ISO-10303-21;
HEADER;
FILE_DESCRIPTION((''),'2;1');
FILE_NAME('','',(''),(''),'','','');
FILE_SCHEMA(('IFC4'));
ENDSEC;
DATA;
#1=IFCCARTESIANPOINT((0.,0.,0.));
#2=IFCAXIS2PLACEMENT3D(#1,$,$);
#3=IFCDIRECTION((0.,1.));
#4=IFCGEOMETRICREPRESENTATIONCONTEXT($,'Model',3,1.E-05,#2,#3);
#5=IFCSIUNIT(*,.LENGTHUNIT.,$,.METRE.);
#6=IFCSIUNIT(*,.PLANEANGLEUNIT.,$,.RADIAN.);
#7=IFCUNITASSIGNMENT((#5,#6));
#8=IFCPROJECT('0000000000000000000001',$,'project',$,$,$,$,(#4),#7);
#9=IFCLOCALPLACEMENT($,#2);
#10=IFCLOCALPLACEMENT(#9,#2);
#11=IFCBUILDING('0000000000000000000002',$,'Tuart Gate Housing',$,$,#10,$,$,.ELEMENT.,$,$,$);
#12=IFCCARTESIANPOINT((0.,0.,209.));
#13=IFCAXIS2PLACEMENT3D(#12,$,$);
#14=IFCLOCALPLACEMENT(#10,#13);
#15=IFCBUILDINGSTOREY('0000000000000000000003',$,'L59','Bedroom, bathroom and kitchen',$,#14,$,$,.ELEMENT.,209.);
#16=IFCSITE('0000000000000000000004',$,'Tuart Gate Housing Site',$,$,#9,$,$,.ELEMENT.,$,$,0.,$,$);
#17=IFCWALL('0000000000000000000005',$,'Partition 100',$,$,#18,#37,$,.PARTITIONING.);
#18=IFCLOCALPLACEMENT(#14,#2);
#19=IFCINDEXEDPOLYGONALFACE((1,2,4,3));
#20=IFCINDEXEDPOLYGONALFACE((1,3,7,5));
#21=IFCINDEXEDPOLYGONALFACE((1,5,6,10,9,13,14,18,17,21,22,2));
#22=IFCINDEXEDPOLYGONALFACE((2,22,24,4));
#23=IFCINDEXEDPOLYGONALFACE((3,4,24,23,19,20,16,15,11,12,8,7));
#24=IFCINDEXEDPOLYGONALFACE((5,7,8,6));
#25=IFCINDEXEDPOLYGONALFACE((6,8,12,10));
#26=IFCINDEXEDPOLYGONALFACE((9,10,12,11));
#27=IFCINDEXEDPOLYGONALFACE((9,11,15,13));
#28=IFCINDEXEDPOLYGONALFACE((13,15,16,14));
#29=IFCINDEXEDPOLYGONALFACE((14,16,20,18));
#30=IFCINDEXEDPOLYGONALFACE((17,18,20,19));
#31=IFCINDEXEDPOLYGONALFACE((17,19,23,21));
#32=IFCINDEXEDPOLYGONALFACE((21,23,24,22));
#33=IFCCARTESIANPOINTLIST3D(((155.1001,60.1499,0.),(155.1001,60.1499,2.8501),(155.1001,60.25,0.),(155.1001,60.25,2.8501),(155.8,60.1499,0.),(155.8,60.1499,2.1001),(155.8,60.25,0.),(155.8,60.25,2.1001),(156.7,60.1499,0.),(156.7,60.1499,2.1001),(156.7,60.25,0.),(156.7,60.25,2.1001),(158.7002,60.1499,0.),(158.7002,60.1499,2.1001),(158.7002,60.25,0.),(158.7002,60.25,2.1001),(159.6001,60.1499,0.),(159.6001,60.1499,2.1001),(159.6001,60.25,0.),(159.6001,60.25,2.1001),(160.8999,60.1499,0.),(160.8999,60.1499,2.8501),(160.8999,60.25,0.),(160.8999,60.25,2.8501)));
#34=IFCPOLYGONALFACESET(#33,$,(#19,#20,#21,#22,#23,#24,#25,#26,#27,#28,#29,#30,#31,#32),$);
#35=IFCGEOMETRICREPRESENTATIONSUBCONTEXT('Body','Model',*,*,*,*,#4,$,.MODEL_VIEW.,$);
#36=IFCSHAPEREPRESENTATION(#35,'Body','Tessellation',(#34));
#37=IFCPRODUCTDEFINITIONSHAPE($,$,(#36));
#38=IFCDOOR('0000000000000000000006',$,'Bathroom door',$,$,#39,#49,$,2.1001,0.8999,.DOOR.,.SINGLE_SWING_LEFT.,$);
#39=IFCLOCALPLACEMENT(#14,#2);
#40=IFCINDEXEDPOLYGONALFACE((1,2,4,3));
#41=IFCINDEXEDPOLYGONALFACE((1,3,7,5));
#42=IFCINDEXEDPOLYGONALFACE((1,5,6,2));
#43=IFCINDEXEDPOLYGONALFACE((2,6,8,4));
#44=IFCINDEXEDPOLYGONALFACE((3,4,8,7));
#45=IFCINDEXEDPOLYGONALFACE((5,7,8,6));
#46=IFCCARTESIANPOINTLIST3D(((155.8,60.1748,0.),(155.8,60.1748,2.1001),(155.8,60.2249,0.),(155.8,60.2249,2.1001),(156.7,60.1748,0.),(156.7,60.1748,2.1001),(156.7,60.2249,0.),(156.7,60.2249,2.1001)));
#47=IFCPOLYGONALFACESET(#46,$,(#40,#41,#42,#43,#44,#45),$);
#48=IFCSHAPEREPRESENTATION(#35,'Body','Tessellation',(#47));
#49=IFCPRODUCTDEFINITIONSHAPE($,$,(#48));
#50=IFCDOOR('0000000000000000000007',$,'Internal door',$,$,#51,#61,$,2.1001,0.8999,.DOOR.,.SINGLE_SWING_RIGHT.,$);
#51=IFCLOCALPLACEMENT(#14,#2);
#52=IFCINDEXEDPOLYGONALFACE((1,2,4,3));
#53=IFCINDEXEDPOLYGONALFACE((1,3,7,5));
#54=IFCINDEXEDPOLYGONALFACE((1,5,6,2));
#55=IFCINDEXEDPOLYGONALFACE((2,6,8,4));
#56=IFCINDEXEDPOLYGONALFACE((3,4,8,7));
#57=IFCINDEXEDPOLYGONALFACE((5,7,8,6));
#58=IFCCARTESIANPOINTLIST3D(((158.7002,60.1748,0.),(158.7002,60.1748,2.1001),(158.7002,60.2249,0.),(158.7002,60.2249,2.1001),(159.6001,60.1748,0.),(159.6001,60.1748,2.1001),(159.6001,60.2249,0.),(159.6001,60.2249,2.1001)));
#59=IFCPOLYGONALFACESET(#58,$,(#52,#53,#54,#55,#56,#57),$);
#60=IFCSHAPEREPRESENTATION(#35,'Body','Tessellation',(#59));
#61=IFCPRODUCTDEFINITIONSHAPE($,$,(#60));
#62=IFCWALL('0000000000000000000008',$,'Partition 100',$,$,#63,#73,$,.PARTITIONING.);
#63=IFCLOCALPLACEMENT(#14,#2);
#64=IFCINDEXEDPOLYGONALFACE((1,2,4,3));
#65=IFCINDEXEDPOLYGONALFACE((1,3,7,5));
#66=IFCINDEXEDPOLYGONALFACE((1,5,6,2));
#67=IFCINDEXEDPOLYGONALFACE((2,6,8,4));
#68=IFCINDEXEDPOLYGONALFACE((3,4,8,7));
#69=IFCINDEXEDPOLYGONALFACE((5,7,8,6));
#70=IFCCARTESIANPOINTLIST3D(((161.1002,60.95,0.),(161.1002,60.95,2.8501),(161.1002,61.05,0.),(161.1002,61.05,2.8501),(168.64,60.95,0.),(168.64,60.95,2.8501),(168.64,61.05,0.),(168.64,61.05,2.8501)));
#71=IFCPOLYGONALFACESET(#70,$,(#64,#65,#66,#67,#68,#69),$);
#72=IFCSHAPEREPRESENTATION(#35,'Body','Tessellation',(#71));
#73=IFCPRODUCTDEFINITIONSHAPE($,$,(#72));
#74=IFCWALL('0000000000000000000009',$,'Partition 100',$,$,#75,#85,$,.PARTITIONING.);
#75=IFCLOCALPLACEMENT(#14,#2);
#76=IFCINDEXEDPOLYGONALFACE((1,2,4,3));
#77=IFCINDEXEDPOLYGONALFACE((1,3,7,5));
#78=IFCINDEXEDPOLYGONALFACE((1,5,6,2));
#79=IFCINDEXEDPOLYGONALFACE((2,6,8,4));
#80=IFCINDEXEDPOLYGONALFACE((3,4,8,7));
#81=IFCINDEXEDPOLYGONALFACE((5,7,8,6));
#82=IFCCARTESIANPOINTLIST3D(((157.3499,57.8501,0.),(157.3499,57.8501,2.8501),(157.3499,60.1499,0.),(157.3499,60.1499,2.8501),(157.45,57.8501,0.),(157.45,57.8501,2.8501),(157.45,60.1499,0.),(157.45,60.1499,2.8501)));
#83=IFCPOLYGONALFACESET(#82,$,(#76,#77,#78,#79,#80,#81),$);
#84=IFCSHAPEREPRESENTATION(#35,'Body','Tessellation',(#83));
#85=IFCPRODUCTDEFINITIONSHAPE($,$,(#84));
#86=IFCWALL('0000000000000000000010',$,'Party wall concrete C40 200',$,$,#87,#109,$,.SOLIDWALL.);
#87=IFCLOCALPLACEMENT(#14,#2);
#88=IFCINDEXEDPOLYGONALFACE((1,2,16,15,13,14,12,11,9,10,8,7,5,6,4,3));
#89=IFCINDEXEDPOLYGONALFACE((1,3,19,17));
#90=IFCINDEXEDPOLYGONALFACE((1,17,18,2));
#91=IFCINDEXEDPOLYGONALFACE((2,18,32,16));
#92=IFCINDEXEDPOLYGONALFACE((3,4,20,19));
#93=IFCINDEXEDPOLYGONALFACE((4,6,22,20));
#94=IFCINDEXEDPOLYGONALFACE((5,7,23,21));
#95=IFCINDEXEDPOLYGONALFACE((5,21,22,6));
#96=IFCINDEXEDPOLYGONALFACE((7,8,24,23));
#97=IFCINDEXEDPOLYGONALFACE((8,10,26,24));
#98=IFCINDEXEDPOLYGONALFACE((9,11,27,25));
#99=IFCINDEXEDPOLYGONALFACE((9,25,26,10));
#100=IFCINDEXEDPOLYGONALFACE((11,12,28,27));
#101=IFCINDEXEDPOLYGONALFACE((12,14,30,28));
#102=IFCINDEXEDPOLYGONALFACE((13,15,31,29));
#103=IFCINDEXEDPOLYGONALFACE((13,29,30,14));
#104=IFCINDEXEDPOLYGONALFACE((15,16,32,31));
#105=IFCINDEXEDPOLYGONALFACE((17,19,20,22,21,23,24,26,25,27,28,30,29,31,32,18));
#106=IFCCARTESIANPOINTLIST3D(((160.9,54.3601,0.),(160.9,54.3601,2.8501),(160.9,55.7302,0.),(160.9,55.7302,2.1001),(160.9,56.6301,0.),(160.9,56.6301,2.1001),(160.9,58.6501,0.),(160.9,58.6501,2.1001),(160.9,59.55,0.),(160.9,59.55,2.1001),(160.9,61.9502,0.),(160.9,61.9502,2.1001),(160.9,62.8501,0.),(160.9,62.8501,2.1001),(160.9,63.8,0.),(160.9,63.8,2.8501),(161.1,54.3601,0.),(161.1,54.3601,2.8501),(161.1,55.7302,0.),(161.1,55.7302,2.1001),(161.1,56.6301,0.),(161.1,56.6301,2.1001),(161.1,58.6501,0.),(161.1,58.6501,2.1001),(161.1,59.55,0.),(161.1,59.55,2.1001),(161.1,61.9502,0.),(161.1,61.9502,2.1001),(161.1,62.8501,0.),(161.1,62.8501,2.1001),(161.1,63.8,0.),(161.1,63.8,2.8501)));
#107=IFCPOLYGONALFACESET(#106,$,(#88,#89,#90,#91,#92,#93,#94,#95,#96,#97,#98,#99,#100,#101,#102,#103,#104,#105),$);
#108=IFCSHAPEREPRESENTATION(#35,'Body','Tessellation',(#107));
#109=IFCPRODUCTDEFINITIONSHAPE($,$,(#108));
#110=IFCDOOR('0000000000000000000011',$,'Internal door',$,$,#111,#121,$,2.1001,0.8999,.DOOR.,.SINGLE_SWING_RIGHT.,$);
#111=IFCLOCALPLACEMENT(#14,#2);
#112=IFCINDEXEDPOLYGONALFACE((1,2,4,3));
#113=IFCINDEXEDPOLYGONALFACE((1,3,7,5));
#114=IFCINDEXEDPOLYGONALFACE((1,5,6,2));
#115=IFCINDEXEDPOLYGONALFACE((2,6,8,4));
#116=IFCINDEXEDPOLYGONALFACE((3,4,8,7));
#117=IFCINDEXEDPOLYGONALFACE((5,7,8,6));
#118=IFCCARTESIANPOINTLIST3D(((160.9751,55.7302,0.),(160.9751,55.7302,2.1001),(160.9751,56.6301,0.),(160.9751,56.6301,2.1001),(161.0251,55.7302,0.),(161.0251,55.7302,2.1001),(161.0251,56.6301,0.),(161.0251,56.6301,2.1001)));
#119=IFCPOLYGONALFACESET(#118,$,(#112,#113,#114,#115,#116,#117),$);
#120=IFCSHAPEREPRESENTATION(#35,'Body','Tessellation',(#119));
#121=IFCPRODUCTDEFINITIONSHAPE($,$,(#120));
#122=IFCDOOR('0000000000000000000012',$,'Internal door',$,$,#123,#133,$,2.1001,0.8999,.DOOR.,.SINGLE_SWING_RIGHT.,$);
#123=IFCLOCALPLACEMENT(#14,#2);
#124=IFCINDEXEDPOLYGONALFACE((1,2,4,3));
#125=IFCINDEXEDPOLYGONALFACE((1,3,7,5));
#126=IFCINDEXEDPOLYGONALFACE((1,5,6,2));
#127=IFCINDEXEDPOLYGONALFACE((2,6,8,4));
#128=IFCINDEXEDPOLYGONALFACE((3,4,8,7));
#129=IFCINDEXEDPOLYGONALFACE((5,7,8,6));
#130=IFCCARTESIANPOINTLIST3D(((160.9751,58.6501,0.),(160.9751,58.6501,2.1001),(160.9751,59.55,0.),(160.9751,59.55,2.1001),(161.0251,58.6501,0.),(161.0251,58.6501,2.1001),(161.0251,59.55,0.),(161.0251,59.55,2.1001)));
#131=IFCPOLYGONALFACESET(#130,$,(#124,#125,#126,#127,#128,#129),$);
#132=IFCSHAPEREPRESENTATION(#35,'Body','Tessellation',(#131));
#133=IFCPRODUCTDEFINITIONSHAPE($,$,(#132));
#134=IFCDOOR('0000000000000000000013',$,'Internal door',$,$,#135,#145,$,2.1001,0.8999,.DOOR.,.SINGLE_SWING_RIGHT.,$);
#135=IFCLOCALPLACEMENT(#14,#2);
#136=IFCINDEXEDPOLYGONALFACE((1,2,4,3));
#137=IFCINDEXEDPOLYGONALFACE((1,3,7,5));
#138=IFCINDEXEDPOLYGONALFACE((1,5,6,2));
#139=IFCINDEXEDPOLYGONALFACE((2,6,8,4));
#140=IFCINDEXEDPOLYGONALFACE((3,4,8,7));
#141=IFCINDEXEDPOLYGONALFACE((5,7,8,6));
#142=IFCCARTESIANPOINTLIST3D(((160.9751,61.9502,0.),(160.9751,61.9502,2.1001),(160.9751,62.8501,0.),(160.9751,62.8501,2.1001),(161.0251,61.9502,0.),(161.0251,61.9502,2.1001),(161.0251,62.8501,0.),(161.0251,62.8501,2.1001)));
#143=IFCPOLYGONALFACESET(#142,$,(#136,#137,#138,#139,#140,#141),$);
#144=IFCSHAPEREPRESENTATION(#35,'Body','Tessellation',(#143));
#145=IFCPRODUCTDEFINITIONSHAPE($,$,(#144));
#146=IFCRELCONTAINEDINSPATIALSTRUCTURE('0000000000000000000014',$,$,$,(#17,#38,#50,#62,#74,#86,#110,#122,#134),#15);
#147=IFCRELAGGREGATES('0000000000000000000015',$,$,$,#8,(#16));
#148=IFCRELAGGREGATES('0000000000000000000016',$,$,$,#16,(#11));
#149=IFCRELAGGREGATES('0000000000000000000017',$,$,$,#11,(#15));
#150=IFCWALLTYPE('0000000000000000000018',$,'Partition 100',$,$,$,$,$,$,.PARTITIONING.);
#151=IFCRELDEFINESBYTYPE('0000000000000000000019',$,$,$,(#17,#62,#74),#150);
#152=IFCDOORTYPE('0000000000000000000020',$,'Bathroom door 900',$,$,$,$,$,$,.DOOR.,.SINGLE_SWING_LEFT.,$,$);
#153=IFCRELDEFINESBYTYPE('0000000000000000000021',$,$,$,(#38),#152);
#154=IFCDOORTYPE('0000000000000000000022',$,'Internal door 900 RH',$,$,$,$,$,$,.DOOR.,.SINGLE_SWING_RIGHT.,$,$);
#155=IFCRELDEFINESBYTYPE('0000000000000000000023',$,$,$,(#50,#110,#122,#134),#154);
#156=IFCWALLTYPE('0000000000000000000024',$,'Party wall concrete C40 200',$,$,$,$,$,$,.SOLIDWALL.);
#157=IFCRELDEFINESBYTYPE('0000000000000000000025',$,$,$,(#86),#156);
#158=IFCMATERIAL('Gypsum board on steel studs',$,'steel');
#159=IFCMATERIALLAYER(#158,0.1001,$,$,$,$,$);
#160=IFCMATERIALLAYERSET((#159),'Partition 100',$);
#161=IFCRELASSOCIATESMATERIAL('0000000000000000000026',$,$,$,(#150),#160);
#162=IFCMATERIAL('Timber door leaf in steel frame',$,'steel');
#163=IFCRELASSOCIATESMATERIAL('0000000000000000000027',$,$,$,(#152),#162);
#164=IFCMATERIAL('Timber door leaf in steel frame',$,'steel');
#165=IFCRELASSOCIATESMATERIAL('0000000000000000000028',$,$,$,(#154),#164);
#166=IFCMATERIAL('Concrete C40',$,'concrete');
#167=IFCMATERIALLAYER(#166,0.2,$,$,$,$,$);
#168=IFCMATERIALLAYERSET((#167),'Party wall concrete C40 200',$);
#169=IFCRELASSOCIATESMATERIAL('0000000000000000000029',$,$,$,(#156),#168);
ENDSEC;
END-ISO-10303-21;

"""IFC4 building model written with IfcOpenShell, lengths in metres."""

from ifc_helpers import new_model, si_unit, direction, frame, frame_2d, origin, place, context, subcontext, project, spatial, rectangle, extrude, material, layer, layer_set, type_object, element, fill, save


model = new_model("IFC4")

# Units and contexts
model_context = context("Model", 3, precision=1e-05, world=origin(), true_north=direction((0.0, 1.0)))
body_context = subcontext(model_context, "Body", "Model", "MODEL_VIEW")
ifc_project = project(units=[si_unit("LENGTHUNIT", "METRE"), si_unit("PLANEANGLEUNIT", "RADIAN")], contexts=[model_context])

# Site, building, storey
site_placement = place(None, origin())
site = spatial("IfcSite", under=ifc_project, at=site_placement, Name="Tuart Gate Housing Site", CompositionType="ELEMENT", RefElevation=0.0)
building_placement = place(site_placement, origin())
building = spatial("IfcBuilding", under=site, at=building_placement, Name="Tuart Gate Housing", CompositionType="ELEMENT")
storey_placement = place(building_placement, frame((0.0, 0.0, 209.0)))
storey = spatial("IfcBuildingStorey", under=building, at=storey_placement, Name="L59", Description="Bedroom, bathroom and kitchen", CompositionType="ELEMENT", Elevation=209.0)

# Shared definitions
ifc_material_1 = material(Name="Gypsum board on steel studs", Category="steel")
ifc_layer_1 = layer(ifc_material_1, 0.1001)
ifc_layer_set_1 = layer_set([ifc_layer_1], Name="Partition 100")
wall_type_1 = type_object("IfcWallType", Name="Partition 100", PredefinedType="PARTITIONING", material=ifc_layer_set_1)

# Wall, openings, doors
wall_1_placement = place(storey_placement, frame((155.1001, 60.2, 0.0), z_axis=(0.0, 0.0, 1.0), x_axis=(1.0, 0.0, 0.0)))
wall_1 = element("IfcWall", 1, at=wall_1_placement, inside=storey, type_object=wall_type_1, Name="Partition 100", PredefinedType="PARTITIONING", context=body_context, shape_type="SweptSolid", body=[
    extrude(rectangle(XDim=5.7998, YDim=0.1001, at=frame_2d((2.8999, 0.0))), origin(), (0.0, 0.0, 1.0), 2.8501),
])
opening_1_placement = place(wall_1_placement, frame((3.6001, 0.0, 0.0)))
opening_1 = element("IfcOpeningElement", 2, at=opening_1_placement, cuts=wall_1, PredefinedType="OPENING", context=body_context, shape_type="SweptSolid", body=[
    extrude(rectangle(XDim=0.8999, YDim=2.1001, at=frame_2d((0.45, 1.05))), frame((0.0, 0.0601, 0.0), z_axis=(0.0, -1.0, 0.0), x_axis=(1.0, 0.0, 0.0)), (0.0, 0.0, 1.0), 0.1201),
])
opening_2_placement = place(wall_1_placement, frame((0.7, 0.0, 0.0)))
opening_2 = element("IfcOpeningElement", 3, at=opening_2_placement, cuts=wall_1, PredefinedType="OPENING", context=body_context, shape_type="SweptSolid", body=[
    extrude(rectangle(XDim=0.8999, YDim=2.1001, at=frame_2d((0.45, 1.05))), frame((0.0, 0.0601, 0.0), z_axis=(0.0, -1.0, 0.0), x_axis=(1.0, 0.0, 0.0)), (0.0, 0.0, 1.0), 0.1201),
])
ifc_material_2 = material(Name="Timber door leaf in steel frame", Category="steel")
door_type_1 = type_object("IfcDoorType", Name="Bathroom door 900", OperationType="SINGLE_SWING_LEFT", PredefinedType="DOOR", material=ifc_material_2)
door_1_placement = place(opening_2_placement, frame((0.8999, 0.0, 0.0), z_axis=(0.0, 0.0, 1.0), x_axis=(-1.0, 0.0, 0.0)))
door_1 = element("IfcDoor", 4, at=door_1_placement, inside=storey, type_object=door_type_1, Name="Bathroom door", OperationType="SINGLE_SWING_LEFT", OverallHeight=2.1001, OverallWidth=0.8999, PredefinedType="DOOR", context=body_context, shape_type="SweptSolid", body=[
    extrude(rectangle(XDim=0.8999, YDim=2.1001, at=frame_2d((0.45, 1.05))), frame((0.0, 0.0251, 0.0), z_axis=(0.0, -1.0, 0.0), x_axis=(1.0, 0.0, 0.0)), (0.0, 0.0, 1.0), 0.05),
])
fill(opening_2, door_1)
ifc_material_3 = material(Name="Timber door leaf in steel frame", Category="steel")
door_type_2 = type_object("IfcDoorType", Name="Internal door 900 RH", OperationType="SINGLE_SWING_RIGHT", PredefinedType="DOOR", material=ifc_material_3)
door_2_placement = place(opening_1_placement, origin())
door_2 = element("IfcDoor", 5, at=door_2_placement, inside=storey, type_object=door_type_2, Name="Internal door", OperationType="SINGLE_SWING_RIGHT", OverallHeight=2.1001, OverallWidth=0.8999, PredefinedType="DOOR", context=body_context, shape_type="SweptSolid", body=[
    extrude(rectangle(XDim=0.8999, YDim=2.1001, at=frame_2d((0.45, 1.05))), frame((0.0, 0.0249, 0.0), z_axis=(0.0, -1.0, 0.0), x_axis=(1.0, 0.0, 0.0)), (0.0, 0.0, 1.0), 0.05),
])
fill(opening_1, door_2)

# Walls
wall_2_placement = place(storey_placement, frame((161.1001, 61.0, 0.0), z_axis=(0.0, 0.0, 1.0), x_axis=(1.0, 0.0, 0.0)))
element("IfcWall", 6, at=wall_2_placement, inside=storey, type_object=wall_type_1, Name="Partition 100", PredefinedType="PARTITIONING", context=body_context, shape_type="SweptSolid", body=[
    extrude(rectangle(XDim=7.5398, YDim=0.1001, at=frame_2d((3.77, 0.0))), origin(), (0.0, 0.0, 1.0), 2.8501),
])
wall_3_placement = place(storey_placement, frame((157.3999, 57.8501, 0.0), z_axis=(0.0, 0.0, 1.0), x_axis=(0.0, 1.0, 0.0)))
element("IfcWall", 7, at=wall_3_placement, inside=storey, type_object=wall_type_1, Name="Partition 100", PredefinedType="PARTITIONING", context=body_context, shape_type="SweptSolid", body=[
    extrude(rectangle(XDim=2.2998, YDim=0.1001, at=frame_2d((1.1499, 0.0))), origin(), (0.0, 0.0, 1.0), 2.8501),
])

# Wall, openings, doors
ifc_material_4 = material(Name="Concrete C40", Category="concrete")
ifc_layer_2 = layer(ifc_material_4, 0.2)
ifc_layer_set_2 = layer_set([ifc_layer_2], Name="Party wall concrete C40 200")
wall_type_2 = type_object("IfcWallType", Name="Party wall concrete C40 200", PredefinedType="SOLIDWALL", material=ifc_layer_set_2)
wall_4_placement = place(storey_placement, frame((161.0, 54.3601, 0.0), z_axis=(0.0, 0.0, 1.0), x_axis=(0.0, 1.0, 0.0)))
wall_4 = element("IfcWall", 8, at=wall_4_placement, inside=storey, type_object=wall_type_2, Name="Party wall concrete C40 200", PredefinedType="SOLIDWALL", context=body_context, shape_type="SweptSolid", body=[
    extrude(rectangle(XDim=9.4399, YDim=0.2, at=frame_2d((4.72, 0.0))), origin(), (0.0, 0.0, 1.0), 2.8501),
])
opening_3_placement = place(wall_4_placement, frame((1.3701, 0.0, 0.0)))
opening_3 = element("IfcOpeningElement", 9, at=opening_3_placement, cuts=wall_4, PredefinedType="OPENING", context=body_context, shape_type="SweptSolid", body=[
    extrude(rectangle(XDim=0.8999, YDim=2.1001, at=frame_2d((0.45, 1.05))), frame((0.0, 0.1099, 0.0), z_axis=(0.0, -1.0, 0.0), x_axis=(1.0, 0.0, 0.0)), (0.0, 0.0, 1.0), 0.22),
])
opening_4_placement = place(wall_4_placement, frame((4.29, 0.0, 0.0)))
opening_4 = element("IfcOpeningElement", 10, at=opening_4_placement, cuts=wall_4, PredefinedType="OPENING", context=body_context, shape_type="SweptSolid", body=[
    extrude(rectangle(XDim=0.8999, YDim=2.1001, at=frame_2d((0.45, 1.05))), frame((0.0, 0.1099, 0.0), z_axis=(0.0, -1.0, 0.0), x_axis=(1.0, 0.0, 0.0)), (0.0, 0.0, 1.0), 0.22),
])
opening_5_placement = place(wall_4_placement, frame((7.5901, 0.0, 0.0)))
opening_5 = element("IfcOpeningElement", 11, at=opening_5_placement, cuts=wall_4, PredefinedType="OPENING", context=body_context, shape_type="SweptSolid", body=[
    extrude(rectangle(XDim=0.8999, YDim=2.1001, at=frame_2d((0.45, 1.05))), frame((0.0, 0.1099, 0.0), z_axis=(0.0, -1.0, 0.0), x_axis=(1.0, 0.0, 0.0)), (0.0, 0.0, 1.0), 0.22),
])
door_3_placement = place(opening_3_placement, frame((0.8999, 0.0, 0.0), z_axis=(0.0, 0.0, 1.0), x_axis=(-1.0, 0.0, 0.0)))
door_3 = element("IfcDoor", 12, at=door_3_placement, inside=storey, type_object=door_type_2, Name="Internal door", OperationType="SINGLE_SWING_RIGHT", OverallHeight=2.1001, OverallWidth=0.8999, PredefinedType="DOOR", context=body_context, shape_type="SweptSolid", body=[
    extrude(rectangle(XDim=0.8999, YDim=2.1001, at=frame_2d((0.45, 1.05))), frame((0.0, 0.0251, 0.0), z_axis=(0.0, -1.0, 0.0), x_axis=(1.0, 0.0, 0.0)), (0.0, 0.0, 1.0), 0.05),
])
fill(opening_3, door_3)
door_4_placement = place(opening_4_placement, frame((0.8999, 0.0, 0.0), z_axis=(0.0, 0.0, 1.0), x_axis=(-1.0, 0.0, 0.0)))
door_4 = element("IfcDoor", 13, at=door_4_placement, inside=storey, type_object=door_type_2, Name="Internal door", OperationType="SINGLE_SWING_RIGHT", OverallHeight=2.1001, OverallWidth=0.8999, PredefinedType="DOOR", context=body_context, shape_type="SweptSolid", body=[
    extrude(rectangle(XDim=0.8999, YDim=2.1001, at=frame_2d((0.45, 1.05))), frame((0.0, 0.0251, 0.0), z_axis=(0.0, -1.0, 0.0), x_axis=(1.0, 0.0, 0.0)), (0.0, 0.0, 1.0), 0.05),
])
fill(opening_4, door_4)
door_5_placement = place(opening_5_placement, frame((0.8999, 0.0, 0.0), z_axis=(0.0, 0.0, 1.0), x_axis=(-1.0, 0.0, 0.0)))
door_5 = element("IfcDoor", 14, at=door_5_placement, inside=storey, type_object=door_type_2, Name="Internal door", OperationType="SINGLE_SWING_RIGHT", OverallHeight=2.1001, OverallWidth=0.8999, PredefinedType="DOOR", context=body_context, shape_type="SweptSolid", body=[
    extrude(rectangle(XDim=0.8999, YDim=2.1001, at=frame_2d((0.45, 1.05))), frame((0.0, 0.0251, 0.0), z_axis=(0.0, -1.0, 0.0), x_axis=(1.0, 0.0, 0.0)), (0.0, 0.0, 1.0), 0.05),
])
fill(opening_5, door_5)

save(model, "model.ifc")
